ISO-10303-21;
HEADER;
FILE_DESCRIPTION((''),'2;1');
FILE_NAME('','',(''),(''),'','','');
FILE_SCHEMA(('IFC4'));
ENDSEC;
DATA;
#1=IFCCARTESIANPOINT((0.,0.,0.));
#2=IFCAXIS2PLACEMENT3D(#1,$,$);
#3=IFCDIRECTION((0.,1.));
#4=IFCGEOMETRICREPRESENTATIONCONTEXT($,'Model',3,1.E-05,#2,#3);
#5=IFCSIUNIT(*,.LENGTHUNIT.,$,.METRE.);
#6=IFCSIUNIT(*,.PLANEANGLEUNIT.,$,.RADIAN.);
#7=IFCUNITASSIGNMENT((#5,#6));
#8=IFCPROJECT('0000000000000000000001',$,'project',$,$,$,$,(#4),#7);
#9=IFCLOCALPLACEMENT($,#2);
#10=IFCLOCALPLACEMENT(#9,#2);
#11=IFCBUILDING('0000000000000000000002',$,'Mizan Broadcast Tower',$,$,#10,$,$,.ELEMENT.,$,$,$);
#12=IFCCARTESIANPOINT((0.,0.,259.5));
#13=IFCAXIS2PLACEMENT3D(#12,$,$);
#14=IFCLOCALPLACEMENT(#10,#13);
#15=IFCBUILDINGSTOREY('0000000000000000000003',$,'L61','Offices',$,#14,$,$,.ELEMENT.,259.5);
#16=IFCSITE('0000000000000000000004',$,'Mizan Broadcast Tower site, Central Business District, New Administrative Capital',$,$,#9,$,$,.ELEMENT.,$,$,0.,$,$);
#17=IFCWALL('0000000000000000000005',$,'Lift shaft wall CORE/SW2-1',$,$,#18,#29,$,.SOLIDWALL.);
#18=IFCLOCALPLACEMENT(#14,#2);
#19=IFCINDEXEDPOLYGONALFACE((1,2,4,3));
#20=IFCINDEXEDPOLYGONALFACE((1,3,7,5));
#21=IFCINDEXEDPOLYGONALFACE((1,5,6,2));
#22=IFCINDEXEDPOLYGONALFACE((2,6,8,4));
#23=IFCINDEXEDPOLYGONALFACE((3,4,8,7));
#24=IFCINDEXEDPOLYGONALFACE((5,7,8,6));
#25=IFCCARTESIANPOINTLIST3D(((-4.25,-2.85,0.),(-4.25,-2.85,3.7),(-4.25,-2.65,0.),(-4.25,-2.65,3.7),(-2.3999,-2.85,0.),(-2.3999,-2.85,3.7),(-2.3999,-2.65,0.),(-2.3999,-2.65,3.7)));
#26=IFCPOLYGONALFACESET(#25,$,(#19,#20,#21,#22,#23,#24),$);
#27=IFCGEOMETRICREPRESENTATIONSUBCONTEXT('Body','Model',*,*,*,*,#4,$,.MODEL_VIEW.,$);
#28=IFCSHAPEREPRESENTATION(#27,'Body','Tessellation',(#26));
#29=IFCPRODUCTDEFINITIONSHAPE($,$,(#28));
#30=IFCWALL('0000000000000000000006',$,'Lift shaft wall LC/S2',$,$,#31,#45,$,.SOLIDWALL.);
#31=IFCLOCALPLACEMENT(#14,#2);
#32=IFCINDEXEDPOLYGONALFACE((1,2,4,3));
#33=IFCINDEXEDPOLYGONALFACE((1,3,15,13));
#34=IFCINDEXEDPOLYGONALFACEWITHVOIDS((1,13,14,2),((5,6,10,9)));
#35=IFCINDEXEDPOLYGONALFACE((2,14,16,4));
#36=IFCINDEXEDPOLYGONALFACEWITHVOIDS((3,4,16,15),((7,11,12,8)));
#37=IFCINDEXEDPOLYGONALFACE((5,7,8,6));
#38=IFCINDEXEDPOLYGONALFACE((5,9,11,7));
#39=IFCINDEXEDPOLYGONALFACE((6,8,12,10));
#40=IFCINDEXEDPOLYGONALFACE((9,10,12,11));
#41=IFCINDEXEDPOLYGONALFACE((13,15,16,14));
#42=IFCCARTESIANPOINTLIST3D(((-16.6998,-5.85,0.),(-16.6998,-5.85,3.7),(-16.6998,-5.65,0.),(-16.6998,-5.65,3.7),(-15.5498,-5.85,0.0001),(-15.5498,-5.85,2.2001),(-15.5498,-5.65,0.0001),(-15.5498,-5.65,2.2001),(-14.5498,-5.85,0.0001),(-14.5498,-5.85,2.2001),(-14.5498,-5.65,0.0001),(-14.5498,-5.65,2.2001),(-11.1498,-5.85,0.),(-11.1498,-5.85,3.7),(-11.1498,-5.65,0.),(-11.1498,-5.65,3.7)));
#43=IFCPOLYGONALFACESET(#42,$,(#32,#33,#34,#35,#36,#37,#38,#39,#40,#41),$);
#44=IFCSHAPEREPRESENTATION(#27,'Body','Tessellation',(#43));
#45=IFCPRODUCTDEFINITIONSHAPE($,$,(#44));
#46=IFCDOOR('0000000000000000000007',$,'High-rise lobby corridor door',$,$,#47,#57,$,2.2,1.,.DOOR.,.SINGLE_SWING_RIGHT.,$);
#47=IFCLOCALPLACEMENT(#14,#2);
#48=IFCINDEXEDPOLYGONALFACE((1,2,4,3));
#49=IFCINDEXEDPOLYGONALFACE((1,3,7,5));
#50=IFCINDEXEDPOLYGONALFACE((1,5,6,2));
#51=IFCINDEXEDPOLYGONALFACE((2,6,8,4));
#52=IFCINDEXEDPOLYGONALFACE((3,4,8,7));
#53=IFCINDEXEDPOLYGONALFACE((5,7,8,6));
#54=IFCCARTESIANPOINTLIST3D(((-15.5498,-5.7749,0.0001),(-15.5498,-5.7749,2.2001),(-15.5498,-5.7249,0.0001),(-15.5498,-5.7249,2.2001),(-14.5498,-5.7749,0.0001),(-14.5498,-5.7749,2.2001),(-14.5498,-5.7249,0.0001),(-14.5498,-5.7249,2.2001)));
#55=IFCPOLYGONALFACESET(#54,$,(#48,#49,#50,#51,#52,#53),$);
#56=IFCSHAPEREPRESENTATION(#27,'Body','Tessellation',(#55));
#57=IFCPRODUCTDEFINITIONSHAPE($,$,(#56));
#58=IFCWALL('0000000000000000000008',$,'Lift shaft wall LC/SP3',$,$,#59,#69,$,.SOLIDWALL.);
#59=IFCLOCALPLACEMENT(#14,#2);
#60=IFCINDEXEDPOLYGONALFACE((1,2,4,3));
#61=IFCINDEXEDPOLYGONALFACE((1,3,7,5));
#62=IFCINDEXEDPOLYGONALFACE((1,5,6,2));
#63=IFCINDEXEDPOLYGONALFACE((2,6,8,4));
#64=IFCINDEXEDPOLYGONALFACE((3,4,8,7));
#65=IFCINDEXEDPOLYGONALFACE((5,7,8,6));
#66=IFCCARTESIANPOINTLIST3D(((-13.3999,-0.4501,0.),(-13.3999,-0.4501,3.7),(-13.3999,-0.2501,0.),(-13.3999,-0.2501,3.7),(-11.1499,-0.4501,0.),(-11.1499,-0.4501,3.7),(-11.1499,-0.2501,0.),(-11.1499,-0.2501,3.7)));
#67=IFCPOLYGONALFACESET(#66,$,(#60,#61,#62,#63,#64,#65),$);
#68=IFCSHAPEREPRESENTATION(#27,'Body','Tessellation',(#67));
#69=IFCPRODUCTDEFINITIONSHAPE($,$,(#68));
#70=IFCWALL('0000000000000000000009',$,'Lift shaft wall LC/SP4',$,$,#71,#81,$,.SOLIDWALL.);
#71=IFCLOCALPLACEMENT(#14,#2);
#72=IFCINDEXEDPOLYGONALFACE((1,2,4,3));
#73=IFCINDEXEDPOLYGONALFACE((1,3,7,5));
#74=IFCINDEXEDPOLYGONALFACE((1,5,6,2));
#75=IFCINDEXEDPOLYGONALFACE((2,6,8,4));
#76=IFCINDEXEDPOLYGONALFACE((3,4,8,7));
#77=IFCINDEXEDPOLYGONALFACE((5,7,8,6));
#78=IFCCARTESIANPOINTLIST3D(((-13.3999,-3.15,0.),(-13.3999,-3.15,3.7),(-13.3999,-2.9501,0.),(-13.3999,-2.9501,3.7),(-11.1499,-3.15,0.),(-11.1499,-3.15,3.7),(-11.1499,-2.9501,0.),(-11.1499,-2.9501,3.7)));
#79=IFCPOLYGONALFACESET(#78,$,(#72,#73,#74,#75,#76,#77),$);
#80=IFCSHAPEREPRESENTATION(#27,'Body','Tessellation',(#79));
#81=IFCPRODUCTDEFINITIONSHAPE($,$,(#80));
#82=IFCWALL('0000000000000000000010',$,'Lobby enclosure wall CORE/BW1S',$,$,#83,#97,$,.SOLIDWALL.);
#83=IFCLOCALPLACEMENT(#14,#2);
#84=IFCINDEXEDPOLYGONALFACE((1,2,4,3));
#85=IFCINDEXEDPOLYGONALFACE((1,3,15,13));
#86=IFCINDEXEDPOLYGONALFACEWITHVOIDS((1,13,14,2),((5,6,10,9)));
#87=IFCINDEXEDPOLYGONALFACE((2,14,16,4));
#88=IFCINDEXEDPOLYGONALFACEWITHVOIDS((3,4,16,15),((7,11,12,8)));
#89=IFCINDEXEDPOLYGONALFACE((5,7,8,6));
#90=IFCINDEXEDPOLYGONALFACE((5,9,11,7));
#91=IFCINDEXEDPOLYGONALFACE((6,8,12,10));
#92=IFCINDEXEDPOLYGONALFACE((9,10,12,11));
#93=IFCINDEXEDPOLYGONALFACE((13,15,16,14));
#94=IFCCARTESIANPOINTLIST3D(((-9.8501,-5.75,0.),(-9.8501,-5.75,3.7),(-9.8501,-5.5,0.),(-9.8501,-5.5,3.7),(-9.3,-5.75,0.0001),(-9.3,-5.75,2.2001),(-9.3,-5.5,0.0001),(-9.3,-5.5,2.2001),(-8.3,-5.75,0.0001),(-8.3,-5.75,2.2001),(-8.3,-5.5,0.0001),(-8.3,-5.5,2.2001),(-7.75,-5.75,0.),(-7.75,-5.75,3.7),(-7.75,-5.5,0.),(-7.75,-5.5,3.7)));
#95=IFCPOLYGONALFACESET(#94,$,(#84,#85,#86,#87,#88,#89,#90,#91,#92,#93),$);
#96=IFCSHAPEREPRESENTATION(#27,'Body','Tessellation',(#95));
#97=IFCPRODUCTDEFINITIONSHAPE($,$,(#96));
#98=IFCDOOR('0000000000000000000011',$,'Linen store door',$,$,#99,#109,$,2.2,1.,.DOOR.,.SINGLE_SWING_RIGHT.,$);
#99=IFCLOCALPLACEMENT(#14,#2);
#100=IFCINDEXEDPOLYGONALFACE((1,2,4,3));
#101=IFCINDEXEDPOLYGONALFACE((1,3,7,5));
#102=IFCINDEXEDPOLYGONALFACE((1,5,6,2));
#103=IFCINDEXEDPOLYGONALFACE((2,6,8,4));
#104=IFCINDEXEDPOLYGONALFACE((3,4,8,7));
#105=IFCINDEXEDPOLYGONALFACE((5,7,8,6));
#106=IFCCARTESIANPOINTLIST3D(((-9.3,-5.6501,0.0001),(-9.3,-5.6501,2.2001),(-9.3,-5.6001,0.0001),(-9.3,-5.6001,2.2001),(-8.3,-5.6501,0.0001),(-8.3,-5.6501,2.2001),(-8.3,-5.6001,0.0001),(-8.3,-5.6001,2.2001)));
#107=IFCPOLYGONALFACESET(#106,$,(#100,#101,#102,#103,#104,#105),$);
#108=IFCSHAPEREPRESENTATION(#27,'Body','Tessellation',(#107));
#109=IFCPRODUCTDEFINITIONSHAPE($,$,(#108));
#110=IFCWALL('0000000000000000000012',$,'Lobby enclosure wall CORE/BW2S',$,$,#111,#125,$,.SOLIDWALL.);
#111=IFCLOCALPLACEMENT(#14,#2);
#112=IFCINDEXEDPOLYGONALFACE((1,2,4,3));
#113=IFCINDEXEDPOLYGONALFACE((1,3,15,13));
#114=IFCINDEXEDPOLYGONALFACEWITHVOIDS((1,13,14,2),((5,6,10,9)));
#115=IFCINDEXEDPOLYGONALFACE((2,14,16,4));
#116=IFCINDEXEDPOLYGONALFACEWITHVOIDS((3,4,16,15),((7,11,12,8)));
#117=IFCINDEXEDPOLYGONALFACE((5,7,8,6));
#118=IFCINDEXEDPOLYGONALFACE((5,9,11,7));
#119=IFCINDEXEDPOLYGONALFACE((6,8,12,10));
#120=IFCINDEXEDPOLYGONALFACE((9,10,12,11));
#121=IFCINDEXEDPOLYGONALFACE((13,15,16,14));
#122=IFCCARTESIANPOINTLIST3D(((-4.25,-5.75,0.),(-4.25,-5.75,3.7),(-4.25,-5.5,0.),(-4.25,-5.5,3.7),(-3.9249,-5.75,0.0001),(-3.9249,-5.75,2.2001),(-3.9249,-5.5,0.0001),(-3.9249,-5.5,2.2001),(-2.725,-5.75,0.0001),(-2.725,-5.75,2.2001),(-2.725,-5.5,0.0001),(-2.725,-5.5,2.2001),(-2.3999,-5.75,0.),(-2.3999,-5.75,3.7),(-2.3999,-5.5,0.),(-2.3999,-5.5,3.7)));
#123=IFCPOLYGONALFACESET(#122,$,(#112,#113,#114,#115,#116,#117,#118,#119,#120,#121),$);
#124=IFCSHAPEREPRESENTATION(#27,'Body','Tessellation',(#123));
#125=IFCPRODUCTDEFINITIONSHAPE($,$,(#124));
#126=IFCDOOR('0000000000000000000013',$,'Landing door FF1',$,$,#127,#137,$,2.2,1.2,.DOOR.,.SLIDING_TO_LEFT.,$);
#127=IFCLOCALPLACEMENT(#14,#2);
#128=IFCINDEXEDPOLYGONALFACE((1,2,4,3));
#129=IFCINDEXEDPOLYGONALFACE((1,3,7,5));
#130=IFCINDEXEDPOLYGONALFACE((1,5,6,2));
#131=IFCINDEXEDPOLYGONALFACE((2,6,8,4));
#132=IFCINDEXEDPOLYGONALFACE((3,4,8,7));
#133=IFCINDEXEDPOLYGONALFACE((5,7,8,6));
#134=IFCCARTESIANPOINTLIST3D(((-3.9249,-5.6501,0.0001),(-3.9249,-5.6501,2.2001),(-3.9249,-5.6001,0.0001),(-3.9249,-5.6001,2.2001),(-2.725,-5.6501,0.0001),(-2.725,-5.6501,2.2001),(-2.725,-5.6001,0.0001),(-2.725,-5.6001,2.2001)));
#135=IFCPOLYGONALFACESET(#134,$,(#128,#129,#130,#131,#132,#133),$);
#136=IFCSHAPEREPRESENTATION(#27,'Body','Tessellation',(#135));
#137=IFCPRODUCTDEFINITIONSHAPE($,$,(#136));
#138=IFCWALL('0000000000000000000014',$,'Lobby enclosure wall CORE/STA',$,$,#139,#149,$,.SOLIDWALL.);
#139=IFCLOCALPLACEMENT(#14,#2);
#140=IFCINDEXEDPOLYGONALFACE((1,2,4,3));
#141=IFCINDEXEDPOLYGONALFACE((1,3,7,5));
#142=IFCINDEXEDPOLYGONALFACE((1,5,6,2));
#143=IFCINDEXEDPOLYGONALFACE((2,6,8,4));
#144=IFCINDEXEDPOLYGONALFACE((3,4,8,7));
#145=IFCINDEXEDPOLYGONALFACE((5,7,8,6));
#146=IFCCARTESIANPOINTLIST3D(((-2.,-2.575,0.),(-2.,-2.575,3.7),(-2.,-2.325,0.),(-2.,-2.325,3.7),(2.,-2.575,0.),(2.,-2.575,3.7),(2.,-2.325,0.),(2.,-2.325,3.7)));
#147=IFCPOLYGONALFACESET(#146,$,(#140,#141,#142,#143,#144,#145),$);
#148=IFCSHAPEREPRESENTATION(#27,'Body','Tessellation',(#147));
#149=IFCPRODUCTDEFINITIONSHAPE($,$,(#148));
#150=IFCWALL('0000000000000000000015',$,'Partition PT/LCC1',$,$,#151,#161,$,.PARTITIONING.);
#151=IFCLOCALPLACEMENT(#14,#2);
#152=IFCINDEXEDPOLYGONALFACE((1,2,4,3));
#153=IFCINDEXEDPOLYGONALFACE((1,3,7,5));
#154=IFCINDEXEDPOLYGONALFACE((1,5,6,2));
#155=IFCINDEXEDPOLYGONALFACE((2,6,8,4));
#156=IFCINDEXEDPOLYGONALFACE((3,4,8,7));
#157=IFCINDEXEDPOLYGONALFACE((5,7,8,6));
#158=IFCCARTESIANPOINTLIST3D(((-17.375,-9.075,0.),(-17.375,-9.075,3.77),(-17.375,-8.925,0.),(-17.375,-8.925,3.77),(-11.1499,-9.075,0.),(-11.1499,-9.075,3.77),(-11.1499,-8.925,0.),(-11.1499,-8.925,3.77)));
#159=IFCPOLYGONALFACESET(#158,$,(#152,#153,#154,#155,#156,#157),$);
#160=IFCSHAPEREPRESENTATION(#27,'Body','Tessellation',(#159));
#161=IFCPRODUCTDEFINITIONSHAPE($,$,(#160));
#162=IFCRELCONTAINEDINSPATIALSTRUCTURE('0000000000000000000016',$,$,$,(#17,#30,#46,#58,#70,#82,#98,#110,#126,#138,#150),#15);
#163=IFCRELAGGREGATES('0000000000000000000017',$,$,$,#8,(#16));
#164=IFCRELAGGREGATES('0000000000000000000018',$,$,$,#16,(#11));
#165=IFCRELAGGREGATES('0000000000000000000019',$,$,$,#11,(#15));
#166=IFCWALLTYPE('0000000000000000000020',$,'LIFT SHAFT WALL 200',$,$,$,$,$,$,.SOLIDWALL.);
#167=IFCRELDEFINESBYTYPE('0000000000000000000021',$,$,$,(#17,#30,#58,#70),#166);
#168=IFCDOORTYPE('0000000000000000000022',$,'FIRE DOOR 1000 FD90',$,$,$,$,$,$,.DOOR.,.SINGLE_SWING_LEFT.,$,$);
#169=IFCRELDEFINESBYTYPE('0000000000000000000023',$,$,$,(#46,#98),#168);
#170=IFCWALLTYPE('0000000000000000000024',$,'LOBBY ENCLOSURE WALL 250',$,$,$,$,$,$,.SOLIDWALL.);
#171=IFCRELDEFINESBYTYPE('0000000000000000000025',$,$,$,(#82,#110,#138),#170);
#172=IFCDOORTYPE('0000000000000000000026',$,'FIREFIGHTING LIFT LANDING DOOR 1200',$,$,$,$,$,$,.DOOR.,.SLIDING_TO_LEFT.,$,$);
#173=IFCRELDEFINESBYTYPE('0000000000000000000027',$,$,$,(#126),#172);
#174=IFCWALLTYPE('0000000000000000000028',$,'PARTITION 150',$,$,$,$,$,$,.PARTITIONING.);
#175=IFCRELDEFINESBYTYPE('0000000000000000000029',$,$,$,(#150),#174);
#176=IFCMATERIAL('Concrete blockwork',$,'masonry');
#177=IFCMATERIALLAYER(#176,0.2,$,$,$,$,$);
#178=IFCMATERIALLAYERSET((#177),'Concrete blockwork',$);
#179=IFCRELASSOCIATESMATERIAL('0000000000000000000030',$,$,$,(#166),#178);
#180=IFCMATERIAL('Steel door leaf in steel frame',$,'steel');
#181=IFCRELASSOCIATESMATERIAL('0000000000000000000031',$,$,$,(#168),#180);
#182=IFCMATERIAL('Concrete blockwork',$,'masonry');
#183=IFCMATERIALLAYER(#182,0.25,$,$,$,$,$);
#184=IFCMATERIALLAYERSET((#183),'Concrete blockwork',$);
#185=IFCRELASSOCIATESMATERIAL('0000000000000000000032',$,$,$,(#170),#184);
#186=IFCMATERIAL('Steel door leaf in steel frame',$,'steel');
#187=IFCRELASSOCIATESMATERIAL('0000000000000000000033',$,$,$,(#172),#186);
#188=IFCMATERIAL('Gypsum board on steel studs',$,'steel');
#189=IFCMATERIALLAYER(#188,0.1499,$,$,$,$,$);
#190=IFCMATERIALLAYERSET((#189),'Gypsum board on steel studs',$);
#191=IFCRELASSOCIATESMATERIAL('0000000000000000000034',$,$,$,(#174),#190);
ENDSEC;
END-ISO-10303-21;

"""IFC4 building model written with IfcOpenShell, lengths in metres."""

from ifc_helpers import new_model, si_unit, direction, frame, frame_2d, origin, place, context, subcontext, project, spatial, rectangle, extrude, material, layer, layer_set, type_object, element, fill, save


model = new_model("IFC4")

# Units and contexts
model_context = context("Model", 3, precision=1e-05, world=origin(), true_north=direction((0.0, 1.0)))
body_context = subcontext(model_context, "Body", "Model", "MODEL_VIEW")
ifc_project = project(units=[si_unit("LENGTHUNIT", "METRE"), si_unit("PLANEANGLEUNIT", "RADIAN")], contexts=[model_context])

# Site, building, storey
site_placement = place(None, origin())
site = spatial("IfcSite", under=ifc_project, at=site_placement, Name="Mizan Broadcast Tower site, Central Business District, New Administrative Capital", CompositionType="ELEMENT", RefElevation=0.0)
building_placement = place(site_placement, origin())
building = spatial("IfcBuilding", under=site, at=building_placement, Name="Mizan Broadcast Tower", CompositionType="ELEMENT")
storey_placement = place(building_placement, frame((0.0, 0.0, 259.5)))
storey = spatial("IfcBuildingStorey", under=building, at=storey_placement, Name="L61", Description="Offices", CompositionType="ELEMENT", Elevation=259.5)

# Wall
ifc_material_1 = material(Name="Concrete blockwork", Category="masonry")
ifc_layer_1 = layer(ifc_material_1, 0.2)
ifc_layer_set_1 = layer_set([ifc_layer_1], Name="Concrete blockwork")
wall_type_1 = type_object("IfcWallType", Name="LIFT SHAFT WALL 200", PredefinedType="SOLIDWALL", material=ifc_layer_set_1)
wall_1_placement = place(storey_placement, frame((-4.25, -2.75, 0.0), z_axis=(0.0, 0.0, 1.0), x_axis=(1.0, 0.0, 0.0)))
element("IfcWall", 1, at=wall_1_placement, inside=storey, type_object=wall_type_1, Name="Lift shaft wall CORE/SW2-1", PredefinedType="SOLIDWALL", context=body_context, shape_type="SweptSolid", body=[
    extrude(rectangle(XDim=1.8501, YDim=0.2, at=frame_2d((0.925, 0.0))), origin(), (0.0, 0.0, 1.0), 3.7),
])

# Wall, opening, door
wall_2_placement = place(storey_placement, frame((-11.1499, -5.75, 0.0), z_axis=(0.0, 0.0, 1.0), x_axis=(-1.0, 0.0, 0.0)))
wall_2 = element("IfcWall", 2, at=wall_2_placement, inside=storey, type_object=wall_type_1, Name="Lift shaft wall LC/S2", PredefinedType="SOLIDWALL", context=body_context, shape_type="SweptSolid", body=[
    extrude(rectangle(XDim=5.55, YDim=0.2, at=frame_2d((2.7749, 0.0))), origin(), (0.0, 0.0, 1.0), 3.7),
])
opening_1_placement = place(wall_2_placement, frame((3.3999, 0.0, 0.0)))
opening_1 = element("IfcOpeningElement", 3, at=opening_1_placement, cuts=wall_2, PredefinedType="OPENING", context=body_context, shape_type="SweptSolid", body=[
    extrude(rectangle(XDim=1.0, YDim=2.2, at=frame_2d((0.5, 1.1001))), frame((0.0, 0.1099, 0.0), z_axis=(0.0, -1.0, 0.0), x_axis=(1.0, 0.0, 0.0)), (0.0, 0.0, 1.0), 0.22),
])
ifc_material_2 = material(Name="Steel door leaf in steel frame", Category="steel")
door_type_1 = type_object("IfcDoorType", Name="FIRE DOOR 1000 FD90", OperationType="SINGLE_SWING_LEFT", PredefinedType="DOOR", material=ifc_material_2)
door_1_placement = place(opening_1_placement, origin())
door_1 = element("IfcDoor", 4, at=door_1_placement, inside=storey, type_object=door_type_1, Name="High-rise lobby corridor door", OperationType="SINGLE_SWING_RIGHT", OverallHeight=2.2, OverallWidth=1.0, PredefinedType="DOOR", context=body_context, shape_type="SweptSolid", body=[
    extrude(rectangle(XDim=1.0, YDim=2.2, at=frame_2d((0.5, 1.1001))), frame((0.0, 0.0249, 0.0), z_axis=(0.0, -1.0, 0.0), x_axis=(1.0, 0.0, 0.0)), (0.0, 0.0, 1.0), 0.05),
])
fill(opening_1, door_1)

# Walls
for number, where, z_axis, x_axis, name in (
    (5, (-11.1499, -0.3501, 0.0), (0.0, 0.0, 1.0), (-1.0, 0.0, 0.0), "Lift shaft wall LC/SP3"),
    (6, (-11.1499, -3.05, 0.0), (0.0, 0.0, 1.0), (-1.0, 0.0, 0.0), "Lift shaft wall LC/SP4"),
):
    element("IfcWall", number, at=place(storey_placement, frame(where, z_axis=z_axis, x_axis=x_axis)), inside=storey, type_object=wall_type_1, Name=name, PredefinedType="SOLIDWALL", context=body_context, shape_type="SweptSolid", body=[
        extrude(rectangle(XDim=2.25, YDim=0.2, at=frame_2d((1.125, 0.0))), origin(), (0.0, 0.0, 1.0), 3.7),
    ])

# Walls, openings, doors
ifc_material_3 = material(Name="Concrete blockwork", Category="masonry")
ifc_layer_2 = layer(ifc_material_3, 0.25)
ifc_layer_set_2 = layer_set([ifc_layer_2], Name="Concrete blockwork")
wall_type_2 = type_object("IfcWallType", Name="LOBBY ENCLOSURE WALL 250", PredefinedType="SOLIDWALL", material=ifc_layer_set_2)
wall_3_placement = place(storey_placement, frame((-9.8501, -5.625, 0.0), z_axis=(0.0, 0.0, 1.0), x_axis=(1.0, 0.0, 0.0)))
wall_3 = element("IfcWall", 7, at=wall_3_placement, inside=storey, type_object=wall_type_2, Name="Lobby enclosure wall CORE/BW1S", PredefinedType="SOLIDWALL", context=body_context, shape_type="SweptSolid", body=[
    extrude(rectangle(XDim=2.1001, YDim=0.25, at=frame_2d((1.05, 0.0))), origin(), (0.0, 0.0, 1.0), 3.7),
])
opening_2_placement = place(wall_3_placement, frame((0.55, 0.0, 0.0)))
opening_2 = element("IfcOpeningElement", 8, at=opening_2_placement, cuts=wall_3, PredefinedType="OPENING", context=body_context, shape_type="SweptSolid", body=[
    extrude(rectangle(XDim=1.0, YDim=2.2, at=frame_2d((0.5, 1.1001))), frame((0.0, 0.135, 0.0), z_axis=(0.0, -1.0, 0.0), x_axis=(1.0, 0.0, 0.0)), (0.0, 0.0, 1.0), 0.27),
])
door_2_placement = place(opening_2_placement, origin())
door_2 = element("IfcDoor", 9, at=door_2_placement, inside=storey, type_object=door_type_1, Name="Linen store door", OperationType="SINGLE_SWING_RIGHT", OverallHeight=2.2, OverallWidth=1.0, PredefinedType="DOOR", context=body_context, shape_type="SweptSolid", body=[
    extrude(rectangle(XDim=1.0, YDim=2.2, at=frame_2d((0.5, 1.1001))), frame((0.0, 0.0249, 0.0), z_axis=(0.0, -1.0, 0.0), x_axis=(1.0, 0.0, 0.0)), (0.0, 0.0, 1.0), 0.05),
])
fill(opening_2, door_2)
wall_4_placement = place(storey_placement, frame((-4.25, -5.625, 0.0), z_axis=(0.0, 0.0, 1.0), x_axis=(1.0, 0.0, 0.0)))
wall_4 = element("IfcWall", 10, at=wall_4_placement, inside=storey, type_object=wall_type_2, Name="Lobby enclosure wall CORE/BW2S", PredefinedType="SOLIDWALL", context=body_context, shape_type="SweptSolid", body=[
    extrude(rectangle(XDim=1.8501, YDim=0.25, at=frame_2d((0.925, 0.0))), origin(), (0.0, 0.0, 1.0), 3.7),
])
opening_3_placement = place(wall_4_placement, frame((0.325, 0.0, 0.0)))
opening_3 = element("IfcOpeningElement", 11, at=opening_3_placement, cuts=wall_4, PredefinedType="OPENING", context=body_context, shape_type="SweptSolid", body=[
    extrude(rectangle(XDim=1.2, YDim=2.2, at=frame_2d((0.6001, 1.1001))), frame((0.0, 0.135, 0.0), z_axis=(0.0, -1.0, 0.0), x_axis=(1.0, 0.0, 0.0)), (0.0, 0.0, 1.0), 0.27),
])
ifc_material_4 = material(Name="Steel door leaf in steel frame", Category="steel")
door_type_2 = type_object("IfcDoorType", Name="FIREFIGHTING LIFT LANDING DOOR 1200", OperationType="SLIDING_TO_LEFT", PredefinedType="DOOR", material=ifc_material_4)
door_3_placement = place(opening_3_placement, origin())
door_3 = element("IfcDoor", 12, at=door_3_placement, inside=storey, type_object=door_type_2, Name="Landing door FF1", OperationType="SLIDING_TO_LEFT", OverallHeight=2.2, OverallWidth=1.2, PredefinedType="DOOR", context=body_context, shape_type="SweptSolid", body=[
    extrude(rectangle(XDim=1.2, YDim=2.2, at=frame_2d((0.6001, 1.1001))), frame((0.0, 0.0249, 0.0), z_axis=(0.0, -1.0, 0.0), x_axis=(1.0, 0.0, 0.0)), (0.0, 0.0, 1.0), 0.05),
])
fill(opening_3, door_3)

# Walls
wall_5_placement = place(storey_placement, frame((-2.0, -2.45, 0.0), z_axis=(0.0, 0.0, 1.0), x_axis=(1.0, 0.0, 0.0)))
element("IfcWall", 13, at=wall_5_placement, inside=storey, type_object=wall_type_2, Name="Lobby enclosure wall CORE/STA", PredefinedType="SOLIDWALL", context=body_context, shape_type="SweptSolid", body=[
    extrude(rectangle(XDim=4.0, YDim=0.25, at=frame_2d((2.0, 0.0))), origin(), (0.0, 0.0, 1.0), 3.7),
])
ifc_material_5 = material(Name="Gypsum board on steel studs", Category="steel")
ifc_layer_3 = layer(ifc_material_5, 0.1499)
ifc_layer_set_3 = layer_set([ifc_layer_3], Name="Gypsum board on steel studs")
wall_type_3 = type_object("IfcWallType", Name="PARTITION 150", PredefinedType="PARTITIONING", material=ifc_layer_set_3)
wall_6_placement = place(storey_placement, frame((-11.1499, -9.0, 0.0), z_axis=(0.0, 0.0, 1.0), x_axis=(-1.0, 0.0, 0.0)))
element("IfcWall", 14, at=wall_6_placement, inside=storey, type_object=wall_type_3, Name="Partition PT/LCC1", PredefinedType="PARTITIONING", context=body_context, shape_type="SweptSolid", body=[
    extrude(rectangle(XDim=6.2251, YDim=0.1499, at=frame_2d((3.1125, 0.0))), origin(), (0.0, 0.0, 1.0), 3.77),
])

save(model, "model.ifc")
